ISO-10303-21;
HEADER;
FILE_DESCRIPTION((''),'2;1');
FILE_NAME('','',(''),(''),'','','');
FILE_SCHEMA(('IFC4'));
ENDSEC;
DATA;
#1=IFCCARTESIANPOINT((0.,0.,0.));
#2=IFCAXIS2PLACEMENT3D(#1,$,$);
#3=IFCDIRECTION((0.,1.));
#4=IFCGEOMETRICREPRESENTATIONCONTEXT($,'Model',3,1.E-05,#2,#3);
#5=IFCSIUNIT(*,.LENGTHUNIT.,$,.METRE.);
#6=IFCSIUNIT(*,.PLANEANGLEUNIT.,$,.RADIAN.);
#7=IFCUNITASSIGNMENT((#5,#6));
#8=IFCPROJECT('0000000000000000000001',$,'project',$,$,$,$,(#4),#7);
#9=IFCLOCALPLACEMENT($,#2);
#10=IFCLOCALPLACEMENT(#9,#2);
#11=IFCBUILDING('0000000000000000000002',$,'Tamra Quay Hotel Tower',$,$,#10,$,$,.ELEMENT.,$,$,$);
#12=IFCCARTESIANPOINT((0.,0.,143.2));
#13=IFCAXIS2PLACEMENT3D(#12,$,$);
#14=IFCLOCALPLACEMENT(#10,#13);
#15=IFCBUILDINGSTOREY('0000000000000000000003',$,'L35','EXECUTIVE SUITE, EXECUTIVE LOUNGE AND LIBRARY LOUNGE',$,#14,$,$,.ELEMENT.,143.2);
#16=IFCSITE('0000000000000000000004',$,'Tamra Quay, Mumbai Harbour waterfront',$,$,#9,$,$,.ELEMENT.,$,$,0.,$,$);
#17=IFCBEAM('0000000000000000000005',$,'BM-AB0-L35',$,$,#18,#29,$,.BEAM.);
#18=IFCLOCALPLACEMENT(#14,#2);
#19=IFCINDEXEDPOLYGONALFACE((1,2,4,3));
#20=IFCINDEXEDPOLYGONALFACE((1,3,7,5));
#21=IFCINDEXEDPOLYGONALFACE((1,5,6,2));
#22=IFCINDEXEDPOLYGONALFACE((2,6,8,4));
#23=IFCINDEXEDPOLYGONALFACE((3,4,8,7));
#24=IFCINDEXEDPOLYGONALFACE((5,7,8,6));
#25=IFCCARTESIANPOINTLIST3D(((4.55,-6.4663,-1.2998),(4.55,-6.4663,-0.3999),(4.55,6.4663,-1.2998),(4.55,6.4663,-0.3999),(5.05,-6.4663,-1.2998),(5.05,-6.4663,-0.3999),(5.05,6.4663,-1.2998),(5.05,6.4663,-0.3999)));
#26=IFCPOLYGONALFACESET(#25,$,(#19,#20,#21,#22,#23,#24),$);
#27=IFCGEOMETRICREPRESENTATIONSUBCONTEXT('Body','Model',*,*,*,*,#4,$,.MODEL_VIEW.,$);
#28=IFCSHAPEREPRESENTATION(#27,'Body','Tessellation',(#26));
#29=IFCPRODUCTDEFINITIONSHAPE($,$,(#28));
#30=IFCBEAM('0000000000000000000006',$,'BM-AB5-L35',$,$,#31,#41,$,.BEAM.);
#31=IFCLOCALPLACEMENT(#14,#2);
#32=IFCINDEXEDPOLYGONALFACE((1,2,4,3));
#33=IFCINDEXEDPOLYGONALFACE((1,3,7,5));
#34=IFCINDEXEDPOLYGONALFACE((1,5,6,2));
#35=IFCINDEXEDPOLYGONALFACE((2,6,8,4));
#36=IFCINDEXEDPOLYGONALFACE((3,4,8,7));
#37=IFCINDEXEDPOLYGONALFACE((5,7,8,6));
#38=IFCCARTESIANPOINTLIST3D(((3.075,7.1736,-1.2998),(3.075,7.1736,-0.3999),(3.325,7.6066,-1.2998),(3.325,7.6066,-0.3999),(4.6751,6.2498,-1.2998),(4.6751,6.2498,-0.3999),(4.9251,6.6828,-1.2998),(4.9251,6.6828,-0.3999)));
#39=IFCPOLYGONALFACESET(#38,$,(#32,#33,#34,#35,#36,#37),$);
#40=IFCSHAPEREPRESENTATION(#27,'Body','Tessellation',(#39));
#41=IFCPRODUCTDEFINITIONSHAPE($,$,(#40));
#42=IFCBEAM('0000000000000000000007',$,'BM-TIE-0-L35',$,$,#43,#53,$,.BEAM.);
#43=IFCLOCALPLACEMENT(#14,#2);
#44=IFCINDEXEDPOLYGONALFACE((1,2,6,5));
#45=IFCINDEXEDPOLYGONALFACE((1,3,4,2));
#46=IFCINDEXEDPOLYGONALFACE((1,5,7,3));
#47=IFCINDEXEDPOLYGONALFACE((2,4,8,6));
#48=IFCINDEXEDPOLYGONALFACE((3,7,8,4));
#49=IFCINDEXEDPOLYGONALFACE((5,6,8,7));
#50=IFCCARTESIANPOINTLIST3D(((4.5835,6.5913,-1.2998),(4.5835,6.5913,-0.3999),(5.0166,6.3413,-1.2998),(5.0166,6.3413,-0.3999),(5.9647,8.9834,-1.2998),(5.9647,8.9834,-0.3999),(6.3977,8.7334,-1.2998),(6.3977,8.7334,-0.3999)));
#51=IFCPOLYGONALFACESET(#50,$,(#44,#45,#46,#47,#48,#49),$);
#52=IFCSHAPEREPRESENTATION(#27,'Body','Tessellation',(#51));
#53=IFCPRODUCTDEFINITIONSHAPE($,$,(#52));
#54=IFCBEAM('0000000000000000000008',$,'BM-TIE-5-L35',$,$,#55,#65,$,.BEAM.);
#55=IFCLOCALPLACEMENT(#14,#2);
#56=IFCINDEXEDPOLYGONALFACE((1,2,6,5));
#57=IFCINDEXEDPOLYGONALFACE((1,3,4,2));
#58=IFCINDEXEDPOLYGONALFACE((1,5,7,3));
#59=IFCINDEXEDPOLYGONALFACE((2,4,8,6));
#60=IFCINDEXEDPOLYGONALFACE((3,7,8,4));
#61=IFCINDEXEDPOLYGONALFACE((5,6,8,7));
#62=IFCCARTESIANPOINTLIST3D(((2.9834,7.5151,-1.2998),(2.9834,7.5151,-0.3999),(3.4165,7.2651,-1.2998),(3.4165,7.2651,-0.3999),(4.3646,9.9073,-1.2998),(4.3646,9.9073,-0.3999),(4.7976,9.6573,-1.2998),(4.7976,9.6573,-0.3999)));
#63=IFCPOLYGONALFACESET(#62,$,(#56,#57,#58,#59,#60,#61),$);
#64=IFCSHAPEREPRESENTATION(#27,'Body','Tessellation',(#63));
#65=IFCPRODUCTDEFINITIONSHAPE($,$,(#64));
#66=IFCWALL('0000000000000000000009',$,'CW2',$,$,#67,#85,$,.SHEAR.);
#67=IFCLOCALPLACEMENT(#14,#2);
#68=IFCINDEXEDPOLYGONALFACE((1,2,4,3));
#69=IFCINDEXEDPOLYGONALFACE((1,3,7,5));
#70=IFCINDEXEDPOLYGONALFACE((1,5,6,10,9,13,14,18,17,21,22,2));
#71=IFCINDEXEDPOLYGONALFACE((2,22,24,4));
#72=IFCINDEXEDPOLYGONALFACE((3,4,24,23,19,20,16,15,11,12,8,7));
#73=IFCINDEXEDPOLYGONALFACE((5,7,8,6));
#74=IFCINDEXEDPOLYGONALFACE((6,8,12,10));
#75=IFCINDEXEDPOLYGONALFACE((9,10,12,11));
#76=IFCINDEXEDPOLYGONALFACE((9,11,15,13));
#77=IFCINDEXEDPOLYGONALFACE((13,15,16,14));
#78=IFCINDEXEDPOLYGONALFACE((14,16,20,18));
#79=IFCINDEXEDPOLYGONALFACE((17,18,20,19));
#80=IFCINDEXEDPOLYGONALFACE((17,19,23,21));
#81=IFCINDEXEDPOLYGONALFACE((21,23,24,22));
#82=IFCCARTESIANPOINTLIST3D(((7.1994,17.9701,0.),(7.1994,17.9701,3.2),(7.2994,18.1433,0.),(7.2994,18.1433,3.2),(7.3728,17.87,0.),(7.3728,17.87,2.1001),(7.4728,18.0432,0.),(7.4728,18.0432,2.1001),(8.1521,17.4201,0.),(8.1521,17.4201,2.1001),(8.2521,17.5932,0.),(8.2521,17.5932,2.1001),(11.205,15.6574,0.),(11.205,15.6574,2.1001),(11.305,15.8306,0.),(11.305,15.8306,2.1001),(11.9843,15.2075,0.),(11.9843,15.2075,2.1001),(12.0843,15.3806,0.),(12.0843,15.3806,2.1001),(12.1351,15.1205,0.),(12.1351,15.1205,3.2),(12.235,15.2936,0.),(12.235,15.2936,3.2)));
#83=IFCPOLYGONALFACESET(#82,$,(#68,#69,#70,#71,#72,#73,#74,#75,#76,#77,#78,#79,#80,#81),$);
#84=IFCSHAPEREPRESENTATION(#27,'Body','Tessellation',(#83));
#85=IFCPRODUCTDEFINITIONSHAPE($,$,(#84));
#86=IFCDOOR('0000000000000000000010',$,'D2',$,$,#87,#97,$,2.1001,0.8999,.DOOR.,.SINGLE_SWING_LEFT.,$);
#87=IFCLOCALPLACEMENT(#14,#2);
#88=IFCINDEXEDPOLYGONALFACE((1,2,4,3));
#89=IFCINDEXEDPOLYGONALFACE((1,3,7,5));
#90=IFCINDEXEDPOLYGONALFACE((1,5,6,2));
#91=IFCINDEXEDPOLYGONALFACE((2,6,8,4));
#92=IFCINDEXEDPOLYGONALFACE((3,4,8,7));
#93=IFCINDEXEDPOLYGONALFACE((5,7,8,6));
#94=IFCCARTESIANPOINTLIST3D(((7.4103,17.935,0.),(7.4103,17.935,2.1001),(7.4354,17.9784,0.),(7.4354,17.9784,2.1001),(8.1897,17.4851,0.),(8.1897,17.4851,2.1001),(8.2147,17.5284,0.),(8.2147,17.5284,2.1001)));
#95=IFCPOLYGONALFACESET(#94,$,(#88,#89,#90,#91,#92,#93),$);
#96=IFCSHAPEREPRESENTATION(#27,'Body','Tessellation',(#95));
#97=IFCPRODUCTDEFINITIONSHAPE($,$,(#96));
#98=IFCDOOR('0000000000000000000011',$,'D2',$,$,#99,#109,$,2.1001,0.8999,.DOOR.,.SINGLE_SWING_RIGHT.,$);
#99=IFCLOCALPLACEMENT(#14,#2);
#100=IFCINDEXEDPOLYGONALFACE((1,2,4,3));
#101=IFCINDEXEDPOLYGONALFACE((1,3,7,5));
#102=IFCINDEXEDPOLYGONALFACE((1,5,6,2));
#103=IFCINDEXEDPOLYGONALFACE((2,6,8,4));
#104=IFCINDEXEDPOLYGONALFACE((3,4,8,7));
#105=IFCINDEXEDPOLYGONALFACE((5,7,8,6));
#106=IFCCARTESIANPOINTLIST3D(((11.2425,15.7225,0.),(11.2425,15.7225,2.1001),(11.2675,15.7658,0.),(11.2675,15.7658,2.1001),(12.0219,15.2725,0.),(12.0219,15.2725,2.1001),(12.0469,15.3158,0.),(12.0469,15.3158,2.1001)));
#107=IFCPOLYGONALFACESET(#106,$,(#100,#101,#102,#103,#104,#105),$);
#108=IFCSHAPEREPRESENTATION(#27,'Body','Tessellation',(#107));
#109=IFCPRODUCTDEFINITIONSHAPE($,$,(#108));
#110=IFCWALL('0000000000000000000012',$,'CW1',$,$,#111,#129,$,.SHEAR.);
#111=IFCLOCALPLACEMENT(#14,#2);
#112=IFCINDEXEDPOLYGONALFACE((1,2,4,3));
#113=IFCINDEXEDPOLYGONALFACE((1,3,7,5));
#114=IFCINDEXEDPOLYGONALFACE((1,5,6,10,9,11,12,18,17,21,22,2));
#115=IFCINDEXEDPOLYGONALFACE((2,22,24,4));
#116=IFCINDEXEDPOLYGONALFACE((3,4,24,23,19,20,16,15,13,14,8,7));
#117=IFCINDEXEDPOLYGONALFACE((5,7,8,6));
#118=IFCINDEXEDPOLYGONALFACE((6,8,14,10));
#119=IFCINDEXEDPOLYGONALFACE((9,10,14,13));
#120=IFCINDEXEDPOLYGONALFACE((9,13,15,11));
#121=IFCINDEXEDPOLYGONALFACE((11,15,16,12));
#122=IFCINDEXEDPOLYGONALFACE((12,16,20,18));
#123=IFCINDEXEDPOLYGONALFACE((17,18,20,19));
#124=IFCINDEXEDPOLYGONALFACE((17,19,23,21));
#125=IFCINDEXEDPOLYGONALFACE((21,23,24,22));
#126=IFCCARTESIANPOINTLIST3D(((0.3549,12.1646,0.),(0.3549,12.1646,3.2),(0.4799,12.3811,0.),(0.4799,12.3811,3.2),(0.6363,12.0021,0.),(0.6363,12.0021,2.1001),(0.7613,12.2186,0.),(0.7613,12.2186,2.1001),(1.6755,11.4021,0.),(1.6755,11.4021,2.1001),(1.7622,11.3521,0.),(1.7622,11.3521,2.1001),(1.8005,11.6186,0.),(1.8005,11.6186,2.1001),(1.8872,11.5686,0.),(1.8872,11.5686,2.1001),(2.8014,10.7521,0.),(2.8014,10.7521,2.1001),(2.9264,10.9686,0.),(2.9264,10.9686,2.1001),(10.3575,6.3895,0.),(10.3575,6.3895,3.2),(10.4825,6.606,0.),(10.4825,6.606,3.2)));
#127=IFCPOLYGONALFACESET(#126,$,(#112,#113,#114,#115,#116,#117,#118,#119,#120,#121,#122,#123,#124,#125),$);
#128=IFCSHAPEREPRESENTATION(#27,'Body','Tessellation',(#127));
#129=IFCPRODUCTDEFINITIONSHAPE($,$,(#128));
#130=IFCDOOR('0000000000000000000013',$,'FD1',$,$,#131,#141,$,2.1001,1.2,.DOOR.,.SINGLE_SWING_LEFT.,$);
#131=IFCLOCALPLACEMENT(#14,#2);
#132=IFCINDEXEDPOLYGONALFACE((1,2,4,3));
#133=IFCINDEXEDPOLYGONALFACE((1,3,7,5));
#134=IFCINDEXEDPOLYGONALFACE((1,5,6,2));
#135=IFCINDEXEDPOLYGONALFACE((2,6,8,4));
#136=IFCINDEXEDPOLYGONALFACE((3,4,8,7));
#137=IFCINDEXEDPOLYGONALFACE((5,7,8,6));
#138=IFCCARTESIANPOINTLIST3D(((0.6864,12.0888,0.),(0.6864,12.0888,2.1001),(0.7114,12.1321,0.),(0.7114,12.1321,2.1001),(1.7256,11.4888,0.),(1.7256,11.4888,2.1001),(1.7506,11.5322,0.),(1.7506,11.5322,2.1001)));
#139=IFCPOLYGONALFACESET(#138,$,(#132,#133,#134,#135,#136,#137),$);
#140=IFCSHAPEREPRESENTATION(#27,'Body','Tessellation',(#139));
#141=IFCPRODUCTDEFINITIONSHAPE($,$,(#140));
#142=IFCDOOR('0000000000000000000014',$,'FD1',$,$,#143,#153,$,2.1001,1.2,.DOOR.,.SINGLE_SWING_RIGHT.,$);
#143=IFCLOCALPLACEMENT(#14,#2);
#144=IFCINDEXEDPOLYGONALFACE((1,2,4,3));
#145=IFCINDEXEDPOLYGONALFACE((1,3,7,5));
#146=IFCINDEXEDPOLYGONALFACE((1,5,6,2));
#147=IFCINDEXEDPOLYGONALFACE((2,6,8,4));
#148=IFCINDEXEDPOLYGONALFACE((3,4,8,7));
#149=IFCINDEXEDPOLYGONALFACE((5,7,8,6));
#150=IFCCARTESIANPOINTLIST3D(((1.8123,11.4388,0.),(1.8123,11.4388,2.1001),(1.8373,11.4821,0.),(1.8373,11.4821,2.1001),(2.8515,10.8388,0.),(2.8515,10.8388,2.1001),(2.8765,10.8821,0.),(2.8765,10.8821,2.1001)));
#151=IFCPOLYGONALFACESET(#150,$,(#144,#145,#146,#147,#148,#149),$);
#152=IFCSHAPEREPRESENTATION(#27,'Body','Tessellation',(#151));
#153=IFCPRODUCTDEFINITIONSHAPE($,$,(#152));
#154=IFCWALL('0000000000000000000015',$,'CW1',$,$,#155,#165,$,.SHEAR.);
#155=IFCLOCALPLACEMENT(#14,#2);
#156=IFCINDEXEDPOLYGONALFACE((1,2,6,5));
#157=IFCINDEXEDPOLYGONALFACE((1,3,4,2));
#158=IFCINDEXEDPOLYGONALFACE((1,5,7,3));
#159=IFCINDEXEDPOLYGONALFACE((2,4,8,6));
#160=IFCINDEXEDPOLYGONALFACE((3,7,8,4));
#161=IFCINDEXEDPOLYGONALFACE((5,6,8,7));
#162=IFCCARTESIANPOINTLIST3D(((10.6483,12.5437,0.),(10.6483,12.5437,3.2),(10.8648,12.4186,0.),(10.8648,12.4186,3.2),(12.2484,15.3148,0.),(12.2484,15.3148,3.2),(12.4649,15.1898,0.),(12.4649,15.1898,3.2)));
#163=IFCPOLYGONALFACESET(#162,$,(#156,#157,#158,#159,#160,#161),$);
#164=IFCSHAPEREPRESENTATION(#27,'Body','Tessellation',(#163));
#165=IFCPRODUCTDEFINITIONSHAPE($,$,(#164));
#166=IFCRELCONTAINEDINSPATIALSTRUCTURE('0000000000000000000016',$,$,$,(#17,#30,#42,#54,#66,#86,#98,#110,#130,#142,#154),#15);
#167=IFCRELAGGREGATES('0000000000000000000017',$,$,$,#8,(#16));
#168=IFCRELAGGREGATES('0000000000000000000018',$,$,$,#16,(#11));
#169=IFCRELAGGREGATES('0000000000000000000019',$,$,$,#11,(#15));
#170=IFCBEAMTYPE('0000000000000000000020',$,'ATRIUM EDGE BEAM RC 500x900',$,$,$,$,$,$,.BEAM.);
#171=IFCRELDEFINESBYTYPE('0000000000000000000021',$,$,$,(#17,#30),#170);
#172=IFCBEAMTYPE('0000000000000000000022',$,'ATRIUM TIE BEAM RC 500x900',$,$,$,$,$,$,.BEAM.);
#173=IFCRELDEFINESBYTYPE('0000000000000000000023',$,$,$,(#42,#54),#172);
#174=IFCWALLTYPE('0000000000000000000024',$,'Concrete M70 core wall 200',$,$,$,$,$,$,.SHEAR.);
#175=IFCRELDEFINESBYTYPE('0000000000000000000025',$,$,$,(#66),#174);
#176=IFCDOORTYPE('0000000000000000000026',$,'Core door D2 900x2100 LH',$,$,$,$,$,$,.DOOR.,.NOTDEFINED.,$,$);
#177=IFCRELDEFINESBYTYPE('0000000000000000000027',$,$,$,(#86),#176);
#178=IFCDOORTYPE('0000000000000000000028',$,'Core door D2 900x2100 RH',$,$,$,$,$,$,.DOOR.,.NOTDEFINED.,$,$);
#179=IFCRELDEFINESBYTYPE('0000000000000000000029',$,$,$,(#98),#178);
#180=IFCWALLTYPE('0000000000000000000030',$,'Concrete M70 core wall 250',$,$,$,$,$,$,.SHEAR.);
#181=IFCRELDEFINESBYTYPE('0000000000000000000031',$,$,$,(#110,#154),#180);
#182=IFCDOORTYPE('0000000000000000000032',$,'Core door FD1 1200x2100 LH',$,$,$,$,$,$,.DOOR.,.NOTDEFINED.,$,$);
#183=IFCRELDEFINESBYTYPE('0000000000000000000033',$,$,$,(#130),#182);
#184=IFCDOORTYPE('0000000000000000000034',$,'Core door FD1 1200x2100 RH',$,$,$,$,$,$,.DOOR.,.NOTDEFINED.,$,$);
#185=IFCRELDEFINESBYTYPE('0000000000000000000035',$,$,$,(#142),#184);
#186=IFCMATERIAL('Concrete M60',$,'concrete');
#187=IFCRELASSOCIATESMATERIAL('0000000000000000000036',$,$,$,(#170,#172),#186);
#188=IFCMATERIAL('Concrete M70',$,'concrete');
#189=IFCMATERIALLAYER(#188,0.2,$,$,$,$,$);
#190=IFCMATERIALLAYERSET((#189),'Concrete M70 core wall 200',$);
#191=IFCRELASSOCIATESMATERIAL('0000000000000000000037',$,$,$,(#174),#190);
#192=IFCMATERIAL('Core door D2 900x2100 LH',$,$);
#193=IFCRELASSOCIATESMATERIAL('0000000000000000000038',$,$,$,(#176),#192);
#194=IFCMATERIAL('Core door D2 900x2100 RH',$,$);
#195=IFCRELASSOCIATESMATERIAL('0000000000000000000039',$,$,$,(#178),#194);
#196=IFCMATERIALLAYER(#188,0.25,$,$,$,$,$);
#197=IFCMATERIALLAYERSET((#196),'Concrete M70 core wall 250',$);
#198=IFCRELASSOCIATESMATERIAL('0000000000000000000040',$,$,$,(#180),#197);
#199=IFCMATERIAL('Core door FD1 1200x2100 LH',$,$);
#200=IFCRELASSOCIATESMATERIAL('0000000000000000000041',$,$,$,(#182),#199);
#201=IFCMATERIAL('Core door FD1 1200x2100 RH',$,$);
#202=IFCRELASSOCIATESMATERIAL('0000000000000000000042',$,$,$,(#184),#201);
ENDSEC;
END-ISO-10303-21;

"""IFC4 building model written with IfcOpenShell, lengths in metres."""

from ifc_helpers import new_model, si_unit, direction, frame, frame_2d, origin, origin_2d, place, context, subcontext, project, spatial, rectangle, extrude, material, layer, layer_set, material_profile, profile_set, type_object, element, fill, save


model = new_model("IFC4")

# Units and contexts
model_context = context("Model", 3, precision=1e-05, world=origin(), true_north=direction((0.0, 1.0)))
body_context = subcontext(model_context, "Body", "Model", "MODEL_VIEW")
ifc_project = project(units=[si_unit("LENGTHUNIT", "METRE"), si_unit("PLANEANGLEUNIT", "RADIAN")], contexts=[model_context])

# Site, building, storey
site_placement = place(None, origin())
site = spatial("IfcSite", under=ifc_project, at=site_placement, Name="Tamra Quay, Mumbai Harbour waterfront", CompositionType="ELEMENT", RefElevation=0.0)
building_placement = place(site_placement, origin())
building = spatial("IfcBuilding", under=site, at=building_placement, Name="Tamra Quay Hotel Tower", CompositionType="ELEMENT")
storey_placement = place(building_placement, frame((0.0, 0.0, 143.2)))
storey = spatial("IfcBuildingStorey", under=building, at=storey_placement, Name="L35", Description="EXECUTIVE SUITE, EXECUTIVE LOUNGE AND LIBRARY LOUNGE", CompositionType="ELEMENT", Elevation=143.2)

# Beams
ifc_material_1 = material(Name="Concrete M60", Category="concrete")
ifc_material_profile_1 = material_profile(ifc_material_1, rectangle(XDim=0.5, YDim=0.8999, at=origin_2d()), Name="ATRIUM EDGE BEAM RC 500x900")
ifc_profile_set_1 = profile_set([ifc_material_profile_1], Name="Concrete M60")
beam_type_1 = type_object("IfcBeamType", Name="ATRIUM EDGE BEAM RC 500x900", PredefinedType="BEAM", material=ifc_profile_set_1)
beam_1_placement = place(storey_placement, frame((4.8, 6.4663, -0.8499), z_axis=(0.0, -1.0, 0.0), x_axis=(1.0, 0.0, 0.0)))
element("IfcBeam", 1, at=beam_1_placement, inside=storey, type_object=beam_type_1, Name="BM-AB0-L35", PredefinedType="BEAM", context=body_context, shape_type="SweptSolid", body=[
    extrude(rectangle(XDim=0.5, YDim=0.8999, at=origin_2d()), origin(), (0.0, 0.0, 1.0), 12.9326),
])
beam_2_placement = place(storey_placement, frame((3.2, 7.3901, -0.8499), z_axis=(0.866023, -0.500005, 0.0), x_axis=(0.500005, 0.866023, 0.0)))
element("IfcBeam", 2, at=beam_2_placement, inside=storey, type_object=beam_type_1, Name="BM-AB5-L35", PredefinedType="BEAM", context=body_context, shape_type="SweptSolid", body=[
    extrude(rectangle(XDim=0.5, YDim=0.8999, at=origin_2d()), origin(), (0.0, 0.0, 1.0), 1.8477),
])
ifc_material_profile_2 = material_profile(ifc_material_1, rectangle(XDim=0.5, YDim=0.8999, at=origin_2d()), Name="ATRIUM TIE BEAM RC 500x900")
ifc_profile_set_2 = profile_set([ifc_material_profile_2], Name="Concrete M60")
beam_type_2 = type_object("IfcBeamType", Name="ATRIUM TIE BEAM RC 500x900", PredefinedType="BEAM", material=ifc_profile_set_2)
for number, where, z_axis, x_axis, name in (
    (3, (4.8, 6.4663, -0.8499), (0.500008, 0.866021, 0.0), (-0.866021, 0.500008, 0.0), "BM-TIE-0-L35"),
    (4, (3.2, 7.3901, -0.8499), (0.500008, 0.866021, 0.0), (-0.866021, 0.500008, 0.0), "BM-TIE-5-L35"),
):
    element("IfcBeam", number, at=place(storey_placement, frame(where, z_axis=z_axis, x_axis=x_axis)), inside=storey, type_object=beam_type_2, Name=name, PredefinedType="BEAM", context=body_context, shape_type="SweptSolid", body=[
        extrude(rectangle(XDim=0.5, YDim=0.8999, at=origin_2d()), origin(), (0.0, 0.0, 1.0), 2.7622),
    ])

# Walls, openings, doors
ifc_material_2 = material(Name="Concrete M70", Category="concrete")
ifc_layer_1 = layer(ifc_material_2, 0.2)
ifc_layer_set_1 = layer_set([ifc_layer_1], Name="Concrete M70 core wall 200")
wall_type_1 = type_object("IfcWallType", Name="Concrete M70 core wall 200", PredefinedType="SHEAR", material=ifc_layer_set_1)
wall_1_placement = place(storey_placement, frame((12.1851, 15.207, 0.0), z_axis=(0.0, 0.0, 1.0), x_axis=(-0.86602, 0.500009, 0.0)))
wall_1 = element("IfcWall", 5, at=wall_1_placement, inside=storey, type_object=wall_type_1, Name="CW2", PredefinedType="SHEAR", context=body_context, shape_type="SweptSolid", body=[
    extrude(rectangle(XDim=5.6992, YDim=0.2, at=frame_2d((2.8496, 0.0))), origin(), (0.0, 0.0, 1.0), 3.2),
])
opening_1_placement = place(wall_1_placement, frame((0.1741, 0.0, 0.0)))
opening_1 = element("IfcOpeningElement", 6, at=opening_1_placement, cuts=wall_1, PredefinedType="OPENING", context=body_context, shape_type="SweptSolid", body=[
    extrude(rectangle(XDim=0.8999, YDim=2.1001, at=frame_2d((0.45, 1.05))), frame((0.0, 0.1099, 0.0), z_axis=(0.0, -1.0, 0.0), x_axis=(1.0, 0.0, 0.0)), (0.0, 0.0, 1.0), 0.22),
])
opening_2_placement = place(wall_1_placement, frame((4.5991, 0.0, 0.0)))
opening_2 = element("IfcOpeningElement", 7, at=opening_2_placement, cuts=wall_1, PredefinedType="OPENING", context=body_context, shape_type="SweptSolid", body=[
    extrude(rectangle(XDim=0.8999, YDim=2.1001, at=frame_2d((0.45, 1.05))), frame((0.0, 0.1099, 0.0), z_axis=(0.0, -1.0, 0.0), x_axis=(1.0, 0.0, 0.0)), (0.0, 0.0, 1.0), 0.22),
])
ifc_material_3 = material(Name="Core door D2 900x2100 LH")
door_type_1 = type_object("IfcDoorType", Name="Core door D2 900x2100 LH", OperationType="NOTDEFINED", PredefinedType="DOOR", material=ifc_material_3)
door_1_placement = place(opening_2_placement, origin())
door_1 = element("IfcDoor", 8, at=door_1_placement, inside=storey, type_object=door_type_1, Name="D2", OperationType="SINGLE_SWING_LEFT", OverallHeight=2.1001, OverallWidth=0.8999, PredefinedType="DOOR", context=body_context, shape_type="SweptSolid", body=[
    extrude(rectangle(XDim=0.8999, YDim=2.1001, at=frame_2d((0.45, 1.05))), frame((0.0, 0.0249, 0.0), z_axis=(0.0, -1.0, 0.0), x_axis=(1.0, 0.0, 0.0)), (0.0, 0.0, 1.0), 0.05),
])
fill(opening_2, door_1)
ifc_material_4 = material(Name="Core door D2 900x2100 RH")
door_type_2 = type_object("IfcDoorType", Name="Core door D2 900x2100 RH", OperationType="NOTDEFINED", PredefinedType="DOOR", material=ifc_material_4)
door_2_placement = place(opening_1_placement, origin())
door_2 = element("IfcDoor", 9, at=door_2_placement, inside=storey, type_object=door_type_2, Name="D2", OperationType="SINGLE_SWING_RIGHT", OverallHeight=2.1001, OverallWidth=0.8999, PredefinedType="DOOR", context=body_context, shape_type="SweptSolid", body=[
    extrude(rectangle(XDim=0.8999, YDim=2.1001, at=frame_2d((0.45, 1.05))), frame((0.0, 0.0249, 0.0), z_axis=(0.0, -1.0, 0.0), x_axis=(1.0, 0.0, 0.0)), (0.0, 0.0, 1.0), 0.05),
])
fill(opening_1, door_2)
ifc_layer_2 = layer(ifc_material_2, 0.25)
ifc_layer_set_2 = layer_set([ifc_layer_2], Name="Concrete M70 core wall 250")
wall_type_2 = type_object("IfcWallType", Name="Concrete M70 core wall 250", PredefinedType="SHEAR", material=ifc_layer_set_2)
wall_2_placement = place(storey_placement, frame((10.4199, 6.4978, 0.0), z_axis=(0.0, 0.0, 1.0), x_axis=(-0.866022, 0.500006, 0.0)))
wall_2 = element("IfcWall", 10, at=wall_2_placement, inside=storey, type_object=wall_type_2, Name="CW1", PredefinedType="SHEAR", context=body_context, shape_type="SweptSolid", body=[
    extrude(rectangle(XDim=11.55, YDim=0.25, at=frame_2d((5.7749, 0.0))), origin(), (0.0, 0.0, 1.0), 3.2),
])
opening_3_placement = place(wall_2_placement, frame((10.0249, 0.0, 0.0)))
opening_3 = element("IfcOpeningElement", 11, at=opening_3_placement, cuts=wall_2, PredefinedType="OPENING", context=body_context, shape_type="SweptSolid", body=[
    extrude(rectangle(XDim=1.2, YDim=2.1001, at=frame_2d((0.6001, 1.05))), frame((0.0, 0.135, 0.0), z_axis=(0.0, -1.0, 0.0), x_axis=(1.0, 0.0, 0.0)), (0.0, 0.0, 1.0), 0.27),
])
opening_4_placement = place(wall_2_placement, frame((8.7249, 0.0, 0.0)))
opening_4 = element("IfcOpeningElement", 12, at=opening_4_placement, cuts=wall_2, PredefinedType="OPENING", context=body_context, shape_type="SweptSolid", body=[
    extrude(rectangle(XDim=1.2, YDim=2.1001, at=frame_2d((0.6001, 1.05))), frame((0.0, 0.135, 0.0), z_axis=(0.0, -1.0, 0.0), x_axis=(1.0, 0.0, 0.0)), (0.0, 0.0, 1.0), 0.27),
])
ifc_material_5 = material(Name="Core door FD1 1200x2100 LH")
door_type_3 = type_object("IfcDoorType", Name="Core door FD1 1200x2100 LH", OperationType="NOTDEFINED", PredefinedType="DOOR", material=ifc_material_5)
door_3_placement = place(opening_3_placement, origin())
door_3 = element("IfcDoor", 13, at=door_3_placement, inside=storey, type_object=door_type_3, Name="FD1", OperationType="SINGLE_SWING_LEFT", OverallHeight=2.1001, OverallWidth=1.2, PredefinedType="DOOR", context=body_context, shape_type="SweptSolid", body=[
    extrude(rectangle(XDim=1.2, YDim=2.1001, at=frame_2d((0.6001, 1.05))), frame((0.0, 0.0249, 0.0), z_axis=(0.0, -1.0, 0.0), x_axis=(1.0, 0.0, 0.0)), (0.0, 0.0, 1.0), 0.05),
])
fill(opening_3, door_3)
ifc_material_6 = material(Name="Core door FD1 1200x2100 RH")
door_type_4 = type_object("IfcDoorType", Name="Core door FD1 1200x2100 RH", OperationType="NOTDEFINED", PredefinedType="DOOR", material=ifc_material_6)
door_4_placement = place(opening_4_placement, origin())
door_4 = element("IfcDoor", 14, at=door_4_placement, inside=storey, type_object=door_type_4, Name="FD1", OperationType="SINGLE_SWING_RIGHT", OverallHeight=2.1001, OverallWidth=1.2, PredefinedType="DOOR", context=body_context, shape_type="SweptSolid", body=[
    extrude(rectangle(XDim=1.2, YDim=2.1001, at=frame_2d((0.6001, 1.05))), frame((0.0, 0.0249, 0.0), z_axis=(0.0, -1.0, 0.0), x_axis=(1.0, 0.0, 0.0)), (0.0, 0.0, 1.0), 0.05),
])
fill(opening_4, door_4)

# Wall
wall_3_placement = place(storey_placement, frame((12.3567, 15.2524, 0.0), z_axis=(0.0, 0.0, 1.0), x_axis=(-0.500028, -0.866009, 0.0)))
element("IfcWall", 15, at=wall_3_placement, inside=storey, type_object=wall_type_2, Name="CW1", PredefinedType="SHEAR", context=body_context, shape_type="SweptSolid", body=[
    extrude(rectangle(XDim=3.2, YDim=0.25, at=frame_2d((1.6001, 0.0))), origin(), (0.0, 0.0, 1.0), 3.2),
])

save(model, "model.ifc")
